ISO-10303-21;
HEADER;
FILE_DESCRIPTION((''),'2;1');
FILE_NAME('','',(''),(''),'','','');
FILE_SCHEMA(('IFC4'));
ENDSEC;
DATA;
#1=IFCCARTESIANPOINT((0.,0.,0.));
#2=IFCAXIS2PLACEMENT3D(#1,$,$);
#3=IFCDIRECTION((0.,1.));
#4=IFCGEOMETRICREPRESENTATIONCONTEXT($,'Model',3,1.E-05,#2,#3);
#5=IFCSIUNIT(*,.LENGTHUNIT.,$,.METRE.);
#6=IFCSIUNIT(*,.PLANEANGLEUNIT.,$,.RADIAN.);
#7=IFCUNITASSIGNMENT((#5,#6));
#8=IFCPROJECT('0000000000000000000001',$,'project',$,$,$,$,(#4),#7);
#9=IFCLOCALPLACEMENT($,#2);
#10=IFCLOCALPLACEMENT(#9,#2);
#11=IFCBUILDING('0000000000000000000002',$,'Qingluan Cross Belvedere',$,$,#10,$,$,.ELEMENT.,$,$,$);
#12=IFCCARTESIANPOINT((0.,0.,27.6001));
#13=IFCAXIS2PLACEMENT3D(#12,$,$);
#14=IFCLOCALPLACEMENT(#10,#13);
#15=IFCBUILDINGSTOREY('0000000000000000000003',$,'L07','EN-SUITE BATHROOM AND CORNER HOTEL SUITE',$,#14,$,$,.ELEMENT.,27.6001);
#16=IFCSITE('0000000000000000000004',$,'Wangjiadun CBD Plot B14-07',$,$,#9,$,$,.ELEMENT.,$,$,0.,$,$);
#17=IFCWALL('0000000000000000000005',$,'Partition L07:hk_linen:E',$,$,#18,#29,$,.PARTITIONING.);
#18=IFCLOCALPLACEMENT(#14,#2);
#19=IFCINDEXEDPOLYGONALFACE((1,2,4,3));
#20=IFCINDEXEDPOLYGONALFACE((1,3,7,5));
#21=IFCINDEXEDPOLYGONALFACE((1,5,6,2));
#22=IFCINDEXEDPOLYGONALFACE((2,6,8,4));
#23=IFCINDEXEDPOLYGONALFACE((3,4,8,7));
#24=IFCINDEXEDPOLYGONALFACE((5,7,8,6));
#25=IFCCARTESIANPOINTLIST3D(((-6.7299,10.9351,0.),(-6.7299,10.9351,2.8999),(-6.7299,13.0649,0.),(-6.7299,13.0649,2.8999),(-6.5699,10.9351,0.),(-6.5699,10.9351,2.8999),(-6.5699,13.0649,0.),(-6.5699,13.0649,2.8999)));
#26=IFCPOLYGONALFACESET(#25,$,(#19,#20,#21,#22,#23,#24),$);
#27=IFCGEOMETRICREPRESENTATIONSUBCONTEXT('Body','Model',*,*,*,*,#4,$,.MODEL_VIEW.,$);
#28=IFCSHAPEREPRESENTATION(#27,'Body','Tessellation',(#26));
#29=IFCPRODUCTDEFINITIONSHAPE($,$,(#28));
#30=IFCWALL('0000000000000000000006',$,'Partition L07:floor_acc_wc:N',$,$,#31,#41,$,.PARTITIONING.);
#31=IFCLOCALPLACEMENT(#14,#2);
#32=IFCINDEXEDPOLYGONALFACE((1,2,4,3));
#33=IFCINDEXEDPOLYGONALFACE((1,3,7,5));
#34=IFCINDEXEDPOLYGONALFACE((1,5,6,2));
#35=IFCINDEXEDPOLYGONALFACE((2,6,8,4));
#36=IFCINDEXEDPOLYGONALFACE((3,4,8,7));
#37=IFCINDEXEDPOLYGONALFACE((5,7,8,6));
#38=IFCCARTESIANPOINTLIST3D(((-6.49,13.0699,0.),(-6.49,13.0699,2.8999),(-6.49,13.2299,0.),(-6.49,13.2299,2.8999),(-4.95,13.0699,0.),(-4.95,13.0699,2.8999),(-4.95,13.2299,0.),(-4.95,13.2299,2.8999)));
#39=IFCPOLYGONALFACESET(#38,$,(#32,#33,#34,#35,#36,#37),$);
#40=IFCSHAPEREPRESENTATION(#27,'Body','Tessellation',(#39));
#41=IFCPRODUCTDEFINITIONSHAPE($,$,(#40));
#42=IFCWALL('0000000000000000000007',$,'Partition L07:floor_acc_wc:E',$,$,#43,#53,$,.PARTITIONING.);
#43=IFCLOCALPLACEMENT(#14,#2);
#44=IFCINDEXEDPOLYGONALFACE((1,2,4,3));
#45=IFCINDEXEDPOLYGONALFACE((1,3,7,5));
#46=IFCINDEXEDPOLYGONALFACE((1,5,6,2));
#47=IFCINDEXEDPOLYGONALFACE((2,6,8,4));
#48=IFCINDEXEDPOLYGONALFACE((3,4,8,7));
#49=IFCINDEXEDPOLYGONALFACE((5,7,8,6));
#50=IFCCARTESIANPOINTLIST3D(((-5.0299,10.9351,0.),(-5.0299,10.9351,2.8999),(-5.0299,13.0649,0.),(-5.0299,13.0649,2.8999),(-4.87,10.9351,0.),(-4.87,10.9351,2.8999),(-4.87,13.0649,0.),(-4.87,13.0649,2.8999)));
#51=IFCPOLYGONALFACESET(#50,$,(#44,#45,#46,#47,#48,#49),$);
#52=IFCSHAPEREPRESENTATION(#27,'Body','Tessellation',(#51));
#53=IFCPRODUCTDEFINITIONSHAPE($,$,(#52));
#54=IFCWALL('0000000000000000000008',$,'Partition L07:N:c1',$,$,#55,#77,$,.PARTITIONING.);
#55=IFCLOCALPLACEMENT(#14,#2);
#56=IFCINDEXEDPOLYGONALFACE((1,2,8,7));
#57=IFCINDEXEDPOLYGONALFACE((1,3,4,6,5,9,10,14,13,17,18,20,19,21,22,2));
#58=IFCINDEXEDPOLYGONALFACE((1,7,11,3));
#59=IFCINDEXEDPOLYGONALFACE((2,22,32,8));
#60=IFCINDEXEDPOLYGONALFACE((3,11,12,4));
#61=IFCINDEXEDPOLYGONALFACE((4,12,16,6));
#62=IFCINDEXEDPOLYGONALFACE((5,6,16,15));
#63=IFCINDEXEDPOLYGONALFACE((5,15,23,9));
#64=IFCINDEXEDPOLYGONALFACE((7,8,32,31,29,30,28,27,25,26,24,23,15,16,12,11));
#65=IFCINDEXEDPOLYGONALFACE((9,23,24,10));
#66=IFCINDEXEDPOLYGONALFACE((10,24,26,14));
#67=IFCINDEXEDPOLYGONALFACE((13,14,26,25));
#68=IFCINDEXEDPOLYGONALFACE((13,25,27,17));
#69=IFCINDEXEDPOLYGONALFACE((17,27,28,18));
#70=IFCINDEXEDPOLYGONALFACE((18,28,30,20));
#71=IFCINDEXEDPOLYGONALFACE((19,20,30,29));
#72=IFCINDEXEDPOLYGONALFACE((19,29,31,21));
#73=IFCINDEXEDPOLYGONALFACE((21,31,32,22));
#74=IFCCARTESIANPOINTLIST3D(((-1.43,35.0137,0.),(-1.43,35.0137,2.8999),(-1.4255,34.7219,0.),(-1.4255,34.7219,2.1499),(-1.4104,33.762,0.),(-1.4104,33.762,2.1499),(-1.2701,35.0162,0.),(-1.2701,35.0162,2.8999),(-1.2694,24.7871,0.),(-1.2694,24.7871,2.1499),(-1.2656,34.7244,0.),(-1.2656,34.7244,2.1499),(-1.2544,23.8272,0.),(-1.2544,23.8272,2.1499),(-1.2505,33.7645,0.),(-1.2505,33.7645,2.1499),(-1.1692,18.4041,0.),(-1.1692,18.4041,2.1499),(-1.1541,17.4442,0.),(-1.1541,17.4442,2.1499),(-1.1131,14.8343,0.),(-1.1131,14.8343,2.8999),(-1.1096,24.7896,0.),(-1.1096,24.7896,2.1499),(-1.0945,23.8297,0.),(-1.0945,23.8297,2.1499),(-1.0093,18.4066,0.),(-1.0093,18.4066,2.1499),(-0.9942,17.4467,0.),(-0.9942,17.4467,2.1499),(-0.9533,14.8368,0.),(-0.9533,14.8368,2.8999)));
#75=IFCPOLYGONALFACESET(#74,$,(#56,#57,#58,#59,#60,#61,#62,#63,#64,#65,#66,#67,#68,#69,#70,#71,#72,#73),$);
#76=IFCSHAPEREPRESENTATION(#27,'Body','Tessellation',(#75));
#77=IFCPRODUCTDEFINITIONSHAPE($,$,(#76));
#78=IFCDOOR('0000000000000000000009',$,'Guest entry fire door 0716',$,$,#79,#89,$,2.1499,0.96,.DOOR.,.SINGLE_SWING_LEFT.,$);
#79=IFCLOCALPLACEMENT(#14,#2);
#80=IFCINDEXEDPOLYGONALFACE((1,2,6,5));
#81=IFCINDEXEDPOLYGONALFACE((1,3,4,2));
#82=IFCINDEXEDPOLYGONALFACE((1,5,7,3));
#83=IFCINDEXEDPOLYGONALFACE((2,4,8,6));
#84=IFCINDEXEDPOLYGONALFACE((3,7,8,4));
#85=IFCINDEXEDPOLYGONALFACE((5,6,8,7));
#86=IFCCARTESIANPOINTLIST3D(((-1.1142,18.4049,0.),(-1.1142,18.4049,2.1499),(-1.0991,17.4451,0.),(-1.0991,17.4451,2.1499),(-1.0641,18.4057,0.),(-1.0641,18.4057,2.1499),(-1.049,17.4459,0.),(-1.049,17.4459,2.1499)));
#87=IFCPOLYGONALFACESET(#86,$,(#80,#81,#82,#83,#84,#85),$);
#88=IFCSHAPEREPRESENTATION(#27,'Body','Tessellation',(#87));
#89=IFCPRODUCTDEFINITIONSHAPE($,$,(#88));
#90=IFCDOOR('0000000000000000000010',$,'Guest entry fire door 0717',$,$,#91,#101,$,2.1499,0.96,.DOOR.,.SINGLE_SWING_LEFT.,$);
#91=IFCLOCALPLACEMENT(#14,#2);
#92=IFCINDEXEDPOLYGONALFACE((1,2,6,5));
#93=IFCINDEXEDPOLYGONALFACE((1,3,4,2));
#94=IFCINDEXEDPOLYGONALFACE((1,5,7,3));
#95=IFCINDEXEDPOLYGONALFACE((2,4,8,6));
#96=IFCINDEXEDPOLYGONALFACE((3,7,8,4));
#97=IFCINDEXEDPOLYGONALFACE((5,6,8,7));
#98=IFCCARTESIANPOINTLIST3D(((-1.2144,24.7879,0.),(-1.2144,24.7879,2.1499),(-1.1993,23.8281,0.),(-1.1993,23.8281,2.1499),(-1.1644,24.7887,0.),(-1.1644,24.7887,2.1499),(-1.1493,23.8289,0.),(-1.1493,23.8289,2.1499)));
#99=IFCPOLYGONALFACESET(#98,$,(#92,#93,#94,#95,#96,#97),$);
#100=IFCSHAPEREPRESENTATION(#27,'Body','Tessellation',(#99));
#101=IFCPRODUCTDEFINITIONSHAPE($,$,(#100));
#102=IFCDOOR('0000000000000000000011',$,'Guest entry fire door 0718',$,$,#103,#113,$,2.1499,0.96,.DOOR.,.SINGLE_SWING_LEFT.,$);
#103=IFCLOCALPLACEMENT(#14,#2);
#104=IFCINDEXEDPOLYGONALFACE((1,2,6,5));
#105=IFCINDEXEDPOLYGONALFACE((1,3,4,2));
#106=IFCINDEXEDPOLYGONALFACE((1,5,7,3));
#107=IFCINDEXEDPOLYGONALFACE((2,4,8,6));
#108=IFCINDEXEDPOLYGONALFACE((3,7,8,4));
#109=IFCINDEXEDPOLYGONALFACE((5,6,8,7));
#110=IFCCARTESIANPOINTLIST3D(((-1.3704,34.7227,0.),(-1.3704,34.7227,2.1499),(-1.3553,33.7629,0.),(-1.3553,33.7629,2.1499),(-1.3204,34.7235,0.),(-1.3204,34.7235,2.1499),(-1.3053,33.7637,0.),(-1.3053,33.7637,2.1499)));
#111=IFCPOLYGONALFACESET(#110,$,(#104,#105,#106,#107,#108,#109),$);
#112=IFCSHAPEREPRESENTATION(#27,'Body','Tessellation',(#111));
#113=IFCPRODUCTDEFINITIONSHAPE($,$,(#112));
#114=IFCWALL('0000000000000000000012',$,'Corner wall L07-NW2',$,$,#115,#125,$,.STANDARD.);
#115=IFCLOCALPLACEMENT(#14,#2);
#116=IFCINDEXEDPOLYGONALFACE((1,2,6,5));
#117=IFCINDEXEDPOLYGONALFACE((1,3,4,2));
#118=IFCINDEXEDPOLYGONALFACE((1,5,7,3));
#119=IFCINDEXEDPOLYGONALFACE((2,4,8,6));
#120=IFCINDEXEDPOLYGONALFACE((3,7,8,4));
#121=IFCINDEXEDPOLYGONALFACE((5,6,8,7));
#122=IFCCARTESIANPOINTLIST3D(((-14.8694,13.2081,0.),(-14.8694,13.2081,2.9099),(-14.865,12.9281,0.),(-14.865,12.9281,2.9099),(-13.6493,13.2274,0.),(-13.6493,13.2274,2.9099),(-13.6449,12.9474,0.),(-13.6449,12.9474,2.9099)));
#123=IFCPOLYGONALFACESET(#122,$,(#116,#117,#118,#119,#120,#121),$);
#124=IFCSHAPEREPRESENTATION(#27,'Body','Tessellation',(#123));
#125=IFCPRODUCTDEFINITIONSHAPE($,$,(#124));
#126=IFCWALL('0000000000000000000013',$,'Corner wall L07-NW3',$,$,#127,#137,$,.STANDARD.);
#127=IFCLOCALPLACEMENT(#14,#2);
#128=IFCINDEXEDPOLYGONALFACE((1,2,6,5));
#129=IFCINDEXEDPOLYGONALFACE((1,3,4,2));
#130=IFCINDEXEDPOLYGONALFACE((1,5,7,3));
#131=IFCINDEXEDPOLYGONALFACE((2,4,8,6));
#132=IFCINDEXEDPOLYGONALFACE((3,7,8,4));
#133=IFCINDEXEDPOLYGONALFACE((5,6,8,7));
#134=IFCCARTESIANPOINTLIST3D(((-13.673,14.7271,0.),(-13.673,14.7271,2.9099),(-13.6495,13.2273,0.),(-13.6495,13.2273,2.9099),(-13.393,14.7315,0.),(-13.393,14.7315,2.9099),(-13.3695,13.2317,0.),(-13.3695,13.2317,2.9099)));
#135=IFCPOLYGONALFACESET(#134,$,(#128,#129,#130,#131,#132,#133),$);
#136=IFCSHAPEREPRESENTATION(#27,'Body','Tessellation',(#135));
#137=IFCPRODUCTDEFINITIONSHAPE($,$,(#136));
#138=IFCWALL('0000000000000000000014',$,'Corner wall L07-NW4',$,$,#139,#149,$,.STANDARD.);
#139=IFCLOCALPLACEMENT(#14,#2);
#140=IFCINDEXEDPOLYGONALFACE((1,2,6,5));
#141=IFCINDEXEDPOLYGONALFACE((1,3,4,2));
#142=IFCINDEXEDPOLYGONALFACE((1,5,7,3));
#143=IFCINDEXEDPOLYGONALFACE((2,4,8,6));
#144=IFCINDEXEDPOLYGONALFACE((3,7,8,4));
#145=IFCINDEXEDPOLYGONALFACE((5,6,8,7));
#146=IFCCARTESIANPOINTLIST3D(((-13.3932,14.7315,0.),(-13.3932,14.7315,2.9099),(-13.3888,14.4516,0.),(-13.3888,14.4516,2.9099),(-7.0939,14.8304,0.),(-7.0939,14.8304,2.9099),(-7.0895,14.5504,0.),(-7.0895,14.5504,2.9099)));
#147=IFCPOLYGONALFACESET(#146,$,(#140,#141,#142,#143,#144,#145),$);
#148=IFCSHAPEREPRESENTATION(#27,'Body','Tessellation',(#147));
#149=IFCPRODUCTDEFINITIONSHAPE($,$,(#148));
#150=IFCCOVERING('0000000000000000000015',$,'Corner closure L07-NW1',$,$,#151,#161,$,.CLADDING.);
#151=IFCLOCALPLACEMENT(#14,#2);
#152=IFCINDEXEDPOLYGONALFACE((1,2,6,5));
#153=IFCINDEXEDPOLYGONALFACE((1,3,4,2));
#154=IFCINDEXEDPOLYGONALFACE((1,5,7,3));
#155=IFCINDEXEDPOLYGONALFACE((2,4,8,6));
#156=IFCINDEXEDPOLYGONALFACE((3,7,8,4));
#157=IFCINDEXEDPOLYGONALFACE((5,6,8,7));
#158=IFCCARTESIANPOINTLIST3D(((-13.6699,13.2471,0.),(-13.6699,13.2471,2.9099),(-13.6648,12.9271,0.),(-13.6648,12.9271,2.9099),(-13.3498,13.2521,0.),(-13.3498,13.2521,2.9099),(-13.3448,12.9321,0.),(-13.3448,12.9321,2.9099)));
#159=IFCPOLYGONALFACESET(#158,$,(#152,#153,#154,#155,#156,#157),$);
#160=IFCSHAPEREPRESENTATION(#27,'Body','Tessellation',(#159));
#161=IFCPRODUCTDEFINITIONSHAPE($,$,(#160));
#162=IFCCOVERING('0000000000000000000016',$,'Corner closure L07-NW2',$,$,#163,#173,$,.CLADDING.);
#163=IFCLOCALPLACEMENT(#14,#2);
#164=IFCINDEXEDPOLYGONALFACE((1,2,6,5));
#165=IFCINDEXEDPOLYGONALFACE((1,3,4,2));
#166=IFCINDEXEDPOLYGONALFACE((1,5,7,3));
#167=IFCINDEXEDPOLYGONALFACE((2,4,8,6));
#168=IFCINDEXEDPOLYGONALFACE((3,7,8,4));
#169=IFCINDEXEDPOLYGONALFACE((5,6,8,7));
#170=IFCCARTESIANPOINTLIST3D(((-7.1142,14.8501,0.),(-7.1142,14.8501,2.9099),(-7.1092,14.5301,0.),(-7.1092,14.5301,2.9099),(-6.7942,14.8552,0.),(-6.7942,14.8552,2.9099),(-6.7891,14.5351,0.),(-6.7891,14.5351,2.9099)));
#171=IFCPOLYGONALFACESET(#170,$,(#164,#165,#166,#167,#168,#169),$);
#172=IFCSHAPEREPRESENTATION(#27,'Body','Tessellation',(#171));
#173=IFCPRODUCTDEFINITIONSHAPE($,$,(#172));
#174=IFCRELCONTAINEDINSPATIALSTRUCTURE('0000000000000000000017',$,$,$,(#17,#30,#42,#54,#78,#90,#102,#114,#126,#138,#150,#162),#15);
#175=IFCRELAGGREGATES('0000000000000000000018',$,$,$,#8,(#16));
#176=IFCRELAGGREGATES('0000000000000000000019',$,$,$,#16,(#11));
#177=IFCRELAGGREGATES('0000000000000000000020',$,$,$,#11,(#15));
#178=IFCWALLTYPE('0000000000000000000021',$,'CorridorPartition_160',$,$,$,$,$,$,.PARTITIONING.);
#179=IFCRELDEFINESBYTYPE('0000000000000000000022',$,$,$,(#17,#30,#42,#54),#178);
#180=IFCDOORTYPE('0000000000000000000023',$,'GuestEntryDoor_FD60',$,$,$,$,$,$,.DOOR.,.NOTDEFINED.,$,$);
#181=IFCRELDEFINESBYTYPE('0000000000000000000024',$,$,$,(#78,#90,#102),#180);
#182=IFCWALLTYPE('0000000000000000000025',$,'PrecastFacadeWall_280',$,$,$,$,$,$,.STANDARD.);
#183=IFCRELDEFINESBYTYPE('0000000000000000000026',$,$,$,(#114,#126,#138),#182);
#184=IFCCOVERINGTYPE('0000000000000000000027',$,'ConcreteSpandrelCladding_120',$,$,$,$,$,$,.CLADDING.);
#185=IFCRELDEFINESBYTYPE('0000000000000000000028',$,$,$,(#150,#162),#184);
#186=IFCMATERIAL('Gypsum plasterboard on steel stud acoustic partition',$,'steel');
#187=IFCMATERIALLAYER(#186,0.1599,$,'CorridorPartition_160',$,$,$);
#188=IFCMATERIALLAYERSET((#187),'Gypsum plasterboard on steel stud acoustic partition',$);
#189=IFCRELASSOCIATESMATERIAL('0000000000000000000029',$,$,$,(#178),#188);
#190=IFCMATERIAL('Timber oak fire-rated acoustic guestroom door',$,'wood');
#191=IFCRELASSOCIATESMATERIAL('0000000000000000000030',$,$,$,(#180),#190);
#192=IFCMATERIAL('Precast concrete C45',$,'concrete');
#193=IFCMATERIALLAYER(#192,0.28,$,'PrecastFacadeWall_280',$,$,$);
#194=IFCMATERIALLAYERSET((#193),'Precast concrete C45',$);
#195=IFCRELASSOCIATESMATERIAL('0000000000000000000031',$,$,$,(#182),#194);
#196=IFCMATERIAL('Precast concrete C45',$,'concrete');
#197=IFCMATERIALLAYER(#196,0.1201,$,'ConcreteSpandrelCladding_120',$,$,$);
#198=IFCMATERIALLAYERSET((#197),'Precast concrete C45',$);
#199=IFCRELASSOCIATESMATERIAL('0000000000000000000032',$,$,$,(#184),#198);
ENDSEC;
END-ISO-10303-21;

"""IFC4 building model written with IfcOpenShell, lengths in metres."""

from ifc_helpers import new_model, si_unit, direction, frame, frame_2d, origin, origin_2d, place, context, subcontext, project, spatial, rectangle, extrude, material, layer, layer_set, type_object, element, fill, save


model = new_model("IFC4")

# Units and contexts
model_context = context("Model", 3, precision=1e-05, world=origin(), true_north=direction((0.0, 1.0)))
body_context = subcontext(model_context, "Body", "Model", "MODEL_VIEW")
ifc_project = project(units=[si_unit("LENGTHUNIT", "METRE"), si_unit("PLANEANGLEUNIT", "RADIAN")], contexts=[model_context])

# Site, building, storey
site_placement = place(None, origin())
site = spatial("IfcSite", under=ifc_project, at=site_placement, Name="Wangjiadun CBD Plot B14-07", CompositionType="ELEMENT", RefElevation=0.0)
building_placement = place(site_placement, origin())
building = spatial("IfcBuilding", under=site, at=building_placement, Name="Qingluan Cross Belvedere", CompositionType="ELEMENT")
storey_placement = place(building_placement, frame((0.0, 0.0, 27.6001)))
storey = spatial("IfcBuildingStorey", under=building, at=storey_placement, Name="L07", Description="EN-SUITE BATHROOM AND CORNER HOTEL SUITE", CompositionType="ELEMENT", Elevation=27.6001)

# Wall
ifc_material_1 = material(Name="Gypsum plasterboard on steel stud acoustic partition", Category="steel")
ifc_layer_1 = layer(ifc_material_1, 0.1599, Name="CorridorPartition_160")
ifc_layer_set_1 = layer_set([ifc_layer_1], Name="Gypsum plasterboard on steel stud acoustic partition")
wall_type_1 = type_object("IfcWallType", Name="CorridorPartition_160", PredefinedType="PARTITIONING", material=ifc_layer_set_1)
wall_1_placement = place(storey_placement, frame((-6.6499, 10.9351, 0.0), z_axis=(0.0, 0.0, 1.0), x_axis=(0.0, 1.0, 0.0)))
element("IfcWall", 1, at=wall_1_placement, inside=storey, type_object=wall_type_1, Name="Partition L07:hk_linen:E", PredefinedType="PARTITIONING", context=body_context, shape_type="SweptSolid", body=[
    extrude(rectangle(XDim=2.1299, YDim=0.1599, at=frame_2d((1.0649, 0.0))), origin(), (0.0, 0.0, 1.0), 2.8999),
])

# Walls
wall_2_placement = place(storey_placement, frame((-6.49, 13.1499, 0.0), z_axis=(0.0, 0.0, 1.0), x_axis=(1.0, 0.0, 0.0)))
element("IfcWall", 2, at=wall_2_placement, inside=storey, type_object=wall_type_1, Name="Partition L07:floor_acc_wc:N", PredefinedType="PARTITIONING", context=body_context, shape_type="SweptSolid", body=[
    extrude(rectangle(XDim=1.54, YDim=0.1599, at=frame_2d((0.77, 0.0))), origin(), (0.0, 0.0, 1.0), 2.8999),
])
wall_3_placement = place(storey_placement, frame((-4.95, 10.9351, 0.0), z_axis=(0.0, 0.0, 1.0), x_axis=(0.0, 1.0, 0.0)))
element("IfcWall", 3, at=wall_3_placement, inside=storey, type_object=wall_type_1, Name="Partition L07:floor_acc_wc:E", PredefinedType="PARTITIONING", context=body_context, shape_type="SweptSolid", body=[
    extrude(rectangle(XDim=2.1299, YDim=0.1599, at=frame_2d((1.0649, 0.0))), origin(), (0.0, 0.0, 1.0), 2.8999),
])

# Wall, openings, doors
wall_4_placement = place(storey_placement, frame((-1.0332, 14.8357, 0.0), z_axis=(0.0, 0.0, 1.0), x_axis=(-0.015702, 0.999877, 0.0)))
wall_4 = element("IfcWall", 4, at=wall_4_placement, inside=storey, type_object=wall_type_1, Name="Partition L07:N:c1", PredefinedType="PARTITIONING", context=body_context, shape_type="SweptSolid", body=[
    extrude(rectangle(XDim=20.1819, YDim=0.1599, at=frame_2d((10.0908, 0.0))), origin(), (0.0, 0.0, 1.0), 2.8999),
])
opening_1_placement = place(wall_4_placement, frame((2.6101, 0.0, 0.0)))
opening_1 = element("IfcOpeningElement", 5, at=opening_1_placement, cuts=wall_4, PredefinedType="OPENING", context=body_context, shape_type="SweptSolid", body=[
    extrude(rectangle(XDim=0.96, YDim=2.1499, at=frame_2d((0.48, 1.075))), frame((0.0, 0.0898, 0.0), z_axis=(0.0, -1.0, 0.0), x_axis=(1.0, 0.0, 0.0)), (0.0, 0.0, 1.0), 0.1799),
])
opening_2_placement = place(wall_4_placement, frame((8.9939, 0.0, 0.0)))
opening_2 = element("IfcOpeningElement", 6, at=opening_2_placement, cuts=wall_4, PredefinedType="OPENING", context=body_context, shape_type="SweptSolid", body=[
    extrude(rectangle(XDim=0.96, YDim=2.1499, at=frame_2d((0.48, 1.075))), frame((0.0, 0.0898, 0.0), z_axis=(0.0, -1.0, 0.0), x_axis=(1.0, 0.0, 0.0)), (0.0, 0.0, 1.0), 0.1799),
])
opening_3_placement = place(wall_4_placement, frame((18.9299, 0.0, 0.0)))
opening_3 = element("IfcOpeningElement", 7, at=opening_3_placement, cuts=wall_4, PredefinedType="OPENING", context=body_context, shape_type="SweptSolid", body=[
    extrude(rectangle(XDim=0.96, YDim=2.1499, at=frame_2d((0.48, 1.075))), frame((0.0, 0.0898, 0.0), z_axis=(0.0, -1.0, 0.0), x_axis=(1.0, 0.0, 0.0)), (0.0, 0.0, 1.0), 0.1799),
])
ifc_material_2 = material(Name="Timber oak fire-rated acoustic guestroom door", Category="wood")
door_type_1 = type_object("IfcDoorType", Name="GuestEntryDoor_FD60", OperationType="NOTDEFINED", PredefinedType="DOOR", material=ifc_material_2)
door_1_placement = place(opening_1_placement, origin())
door_1 = element("IfcDoor", 8, at=door_1_placement, inside=storey, type_object=door_type_1, Name="Guest entry fire door 0716", OperationType="SINGLE_SWING_LEFT", OverallHeight=2.1499, OverallWidth=0.96, PredefinedType="DOOR", context=body_context, shape_type="SweptSolid", body=[
    extrude(rectangle(XDim=0.96, YDim=2.1499, at=frame_2d((0.48, 1.075))), frame((0.0, 0.0249, 0.0), z_axis=(0.0, -1.0, 0.0), x_axis=(1.0, 0.0, 0.0)), (0.0, 0.0, 1.0), 0.05),
])
fill(opening_1, door_1)
door_2_placement = place(opening_2_placement, origin())
door_2 = element("IfcDoor", 9, at=door_2_placement, inside=storey, type_object=door_type_1, Name="Guest entry fire door 0717", OperationType="SINGLE_SWING_LEFT", OverallHeight=2.1499, OverallWidth=0.96, PredefinedType="DOOR", context=body_context, shape_type="SweptSolid", body=[
    extrude(rectangle(XDim=0.96, YDim=2.1499, at=frame_2d((0.48, 1.075))), frame((0.0, 0.0249, 0.0), z_axis=(0.0, -1.0, 0.0), x_axis=(1.0, 0.0, 0.0)), (0.0, 0.0, 1.0), 0.05),
])
fill(opening_2, door_2)
door_3_placement = place(opening_3_placement, origin())
door_3 = element("IfcDoor", 10, at=door_3_placement, inside=storey, type_object=door_type_1, Name="Guest entry fire door 0718", OperationType="SINGLE_SWING_LEFT", OverallHeight=2.1499, OverallWidth=0.96, PredefinedType="DOOR", context=body_context, shape_type="SweptSolid", body=[
    extrude(rectangle(XDim=0.96, YDim=2.1499, at=frame_2d((0.48, 1.075))), frame((0.0, 0.0249, 0.0), z_axis=(0.0, -1.0, 0.0), x_axis=(1.0, 0.0, 0.0)), (0.0, 0.0, 1.0), 0.05),
])
fill(opening_3, door_3)

# Walls
ifc_material_3 = material(Name="Precast concrete C45", Category="concrete")
ifc_layer_2 = layer(ifc_material_3, 0.28, Name="PrecastFacadeWall_280")
ifc_layer_set_2 = layer_set([ifc_layer_2], Name="Precast concrete C45")
wall_type_2 = type_object("IfcWallType", Name="PrecastFacadeWall_280", PredefinedType="STANDARD", material=ifc_layer_set_2)
wall_5_placement = place(storey_placement, frame((-14.8672, 13.0681, 0.0), z_axis=(0.0, 0.0, 1.0), x_axis=(0.999875, 0.015808, 0.0)))
element("IfcWall", 11, at=wall_5_placement, inside=storey, type_object=wall_type_2, Name="Corner wall L07-NW2", PredefinedType="STANDARD", context=body_context, shape_type="SweptSolid", body=[
    extrude(rectangle(XDim=1.2202, YDim=0.28, at=frame_2d((0.6101, 0.0))), origin(), (0.0, 0.0, 1.0), 2.9099),
])
wall_6_placement = place(storey_placement, frame((-13.5095, 13.2295, 0.0), z_axis=(0.0, 0.0, 1.0), x_axis=(-0.015626, 0.999878, 0.0)))
element("IfcWall", 12, at=wall_6_placement, inside=storey, type_object=wall_type_2, Name="Corner wall L07-NW3", PredefinedType="STANDARD", context=body_context, shape_type="SweptSolid", body=[
    extrude(rectangle(XDim=1.5, YDim=0.28, at=frame_2d((0.75, 0.0))), origin(), (0.0, 0.0, 1.0), 2.9099),
])
wall_7_placement = place(storey_placement, frame((-13.3909, 14.5916, 0.0), z_axis=(0.0, 0.0, 1.0), x_axis=(0.999877, 0.015695, 0.0)))
element("IfcWall", 13, at=wall_7_placement, inside=storey, type_object=wall_type_2, Name="Corner wall L07-NW4", PredefinedType="STANDARD", context=body_context, shape_type="SweptSolid", body=[
    extrude(rectangle(XDim=6.3, YDim=0.28, at=frame_2d((3.1499, 0.0))), origin(), (0.0, 0.0, 1.0), 2.9099),
])

# Coverings
ifc_material_4 = material(Name="Precast concrete C45", Category="concrete")
ifc_layer_3 = layer(ifc_material_4, 0.1201, Name="ConcreteSpandrelCladding_120")
ifc_layer_set_3 = layer_set([ifc_layer_3], Name="Precast concrete C45")
covering_type = type_object("IfcCoveringType", Name="ConcreteSpandrelCladding_120", PredefinedType="CLADDING", material=ifc_layer_set_3)
for number, where, z_axis, x_axis, name in (
    (14, (-13.5073, 13.0896, 0.0), (0.0, 0.0, 1.0), (0.999877, 0.015707, 0.0), "Corner closure L07-NW1"),
    (15, (-6.9517, 14.6926, 0.0), (0.0, 0.0, 1.0), (0.999877, 0.015707, 0.0), "Corner closure L07-NW2"),
):
    element("IfcCovering", number, at=place(storey_placement, frame(where, z_axis=z_axis, x_axis=x_axis)), inside=storey, type_object=covering_type, Name=name, PredefinedType="CLADDING", context=body_context, shape_type="SweptSolid", body=[
        extrude(rectangle(XDim=0.3201, YDim=0.3201, at=origin_2d()), origin(), (0.0, 0.0, 1.0), 2.9099),
    ])

save(model, "model.ifc")
